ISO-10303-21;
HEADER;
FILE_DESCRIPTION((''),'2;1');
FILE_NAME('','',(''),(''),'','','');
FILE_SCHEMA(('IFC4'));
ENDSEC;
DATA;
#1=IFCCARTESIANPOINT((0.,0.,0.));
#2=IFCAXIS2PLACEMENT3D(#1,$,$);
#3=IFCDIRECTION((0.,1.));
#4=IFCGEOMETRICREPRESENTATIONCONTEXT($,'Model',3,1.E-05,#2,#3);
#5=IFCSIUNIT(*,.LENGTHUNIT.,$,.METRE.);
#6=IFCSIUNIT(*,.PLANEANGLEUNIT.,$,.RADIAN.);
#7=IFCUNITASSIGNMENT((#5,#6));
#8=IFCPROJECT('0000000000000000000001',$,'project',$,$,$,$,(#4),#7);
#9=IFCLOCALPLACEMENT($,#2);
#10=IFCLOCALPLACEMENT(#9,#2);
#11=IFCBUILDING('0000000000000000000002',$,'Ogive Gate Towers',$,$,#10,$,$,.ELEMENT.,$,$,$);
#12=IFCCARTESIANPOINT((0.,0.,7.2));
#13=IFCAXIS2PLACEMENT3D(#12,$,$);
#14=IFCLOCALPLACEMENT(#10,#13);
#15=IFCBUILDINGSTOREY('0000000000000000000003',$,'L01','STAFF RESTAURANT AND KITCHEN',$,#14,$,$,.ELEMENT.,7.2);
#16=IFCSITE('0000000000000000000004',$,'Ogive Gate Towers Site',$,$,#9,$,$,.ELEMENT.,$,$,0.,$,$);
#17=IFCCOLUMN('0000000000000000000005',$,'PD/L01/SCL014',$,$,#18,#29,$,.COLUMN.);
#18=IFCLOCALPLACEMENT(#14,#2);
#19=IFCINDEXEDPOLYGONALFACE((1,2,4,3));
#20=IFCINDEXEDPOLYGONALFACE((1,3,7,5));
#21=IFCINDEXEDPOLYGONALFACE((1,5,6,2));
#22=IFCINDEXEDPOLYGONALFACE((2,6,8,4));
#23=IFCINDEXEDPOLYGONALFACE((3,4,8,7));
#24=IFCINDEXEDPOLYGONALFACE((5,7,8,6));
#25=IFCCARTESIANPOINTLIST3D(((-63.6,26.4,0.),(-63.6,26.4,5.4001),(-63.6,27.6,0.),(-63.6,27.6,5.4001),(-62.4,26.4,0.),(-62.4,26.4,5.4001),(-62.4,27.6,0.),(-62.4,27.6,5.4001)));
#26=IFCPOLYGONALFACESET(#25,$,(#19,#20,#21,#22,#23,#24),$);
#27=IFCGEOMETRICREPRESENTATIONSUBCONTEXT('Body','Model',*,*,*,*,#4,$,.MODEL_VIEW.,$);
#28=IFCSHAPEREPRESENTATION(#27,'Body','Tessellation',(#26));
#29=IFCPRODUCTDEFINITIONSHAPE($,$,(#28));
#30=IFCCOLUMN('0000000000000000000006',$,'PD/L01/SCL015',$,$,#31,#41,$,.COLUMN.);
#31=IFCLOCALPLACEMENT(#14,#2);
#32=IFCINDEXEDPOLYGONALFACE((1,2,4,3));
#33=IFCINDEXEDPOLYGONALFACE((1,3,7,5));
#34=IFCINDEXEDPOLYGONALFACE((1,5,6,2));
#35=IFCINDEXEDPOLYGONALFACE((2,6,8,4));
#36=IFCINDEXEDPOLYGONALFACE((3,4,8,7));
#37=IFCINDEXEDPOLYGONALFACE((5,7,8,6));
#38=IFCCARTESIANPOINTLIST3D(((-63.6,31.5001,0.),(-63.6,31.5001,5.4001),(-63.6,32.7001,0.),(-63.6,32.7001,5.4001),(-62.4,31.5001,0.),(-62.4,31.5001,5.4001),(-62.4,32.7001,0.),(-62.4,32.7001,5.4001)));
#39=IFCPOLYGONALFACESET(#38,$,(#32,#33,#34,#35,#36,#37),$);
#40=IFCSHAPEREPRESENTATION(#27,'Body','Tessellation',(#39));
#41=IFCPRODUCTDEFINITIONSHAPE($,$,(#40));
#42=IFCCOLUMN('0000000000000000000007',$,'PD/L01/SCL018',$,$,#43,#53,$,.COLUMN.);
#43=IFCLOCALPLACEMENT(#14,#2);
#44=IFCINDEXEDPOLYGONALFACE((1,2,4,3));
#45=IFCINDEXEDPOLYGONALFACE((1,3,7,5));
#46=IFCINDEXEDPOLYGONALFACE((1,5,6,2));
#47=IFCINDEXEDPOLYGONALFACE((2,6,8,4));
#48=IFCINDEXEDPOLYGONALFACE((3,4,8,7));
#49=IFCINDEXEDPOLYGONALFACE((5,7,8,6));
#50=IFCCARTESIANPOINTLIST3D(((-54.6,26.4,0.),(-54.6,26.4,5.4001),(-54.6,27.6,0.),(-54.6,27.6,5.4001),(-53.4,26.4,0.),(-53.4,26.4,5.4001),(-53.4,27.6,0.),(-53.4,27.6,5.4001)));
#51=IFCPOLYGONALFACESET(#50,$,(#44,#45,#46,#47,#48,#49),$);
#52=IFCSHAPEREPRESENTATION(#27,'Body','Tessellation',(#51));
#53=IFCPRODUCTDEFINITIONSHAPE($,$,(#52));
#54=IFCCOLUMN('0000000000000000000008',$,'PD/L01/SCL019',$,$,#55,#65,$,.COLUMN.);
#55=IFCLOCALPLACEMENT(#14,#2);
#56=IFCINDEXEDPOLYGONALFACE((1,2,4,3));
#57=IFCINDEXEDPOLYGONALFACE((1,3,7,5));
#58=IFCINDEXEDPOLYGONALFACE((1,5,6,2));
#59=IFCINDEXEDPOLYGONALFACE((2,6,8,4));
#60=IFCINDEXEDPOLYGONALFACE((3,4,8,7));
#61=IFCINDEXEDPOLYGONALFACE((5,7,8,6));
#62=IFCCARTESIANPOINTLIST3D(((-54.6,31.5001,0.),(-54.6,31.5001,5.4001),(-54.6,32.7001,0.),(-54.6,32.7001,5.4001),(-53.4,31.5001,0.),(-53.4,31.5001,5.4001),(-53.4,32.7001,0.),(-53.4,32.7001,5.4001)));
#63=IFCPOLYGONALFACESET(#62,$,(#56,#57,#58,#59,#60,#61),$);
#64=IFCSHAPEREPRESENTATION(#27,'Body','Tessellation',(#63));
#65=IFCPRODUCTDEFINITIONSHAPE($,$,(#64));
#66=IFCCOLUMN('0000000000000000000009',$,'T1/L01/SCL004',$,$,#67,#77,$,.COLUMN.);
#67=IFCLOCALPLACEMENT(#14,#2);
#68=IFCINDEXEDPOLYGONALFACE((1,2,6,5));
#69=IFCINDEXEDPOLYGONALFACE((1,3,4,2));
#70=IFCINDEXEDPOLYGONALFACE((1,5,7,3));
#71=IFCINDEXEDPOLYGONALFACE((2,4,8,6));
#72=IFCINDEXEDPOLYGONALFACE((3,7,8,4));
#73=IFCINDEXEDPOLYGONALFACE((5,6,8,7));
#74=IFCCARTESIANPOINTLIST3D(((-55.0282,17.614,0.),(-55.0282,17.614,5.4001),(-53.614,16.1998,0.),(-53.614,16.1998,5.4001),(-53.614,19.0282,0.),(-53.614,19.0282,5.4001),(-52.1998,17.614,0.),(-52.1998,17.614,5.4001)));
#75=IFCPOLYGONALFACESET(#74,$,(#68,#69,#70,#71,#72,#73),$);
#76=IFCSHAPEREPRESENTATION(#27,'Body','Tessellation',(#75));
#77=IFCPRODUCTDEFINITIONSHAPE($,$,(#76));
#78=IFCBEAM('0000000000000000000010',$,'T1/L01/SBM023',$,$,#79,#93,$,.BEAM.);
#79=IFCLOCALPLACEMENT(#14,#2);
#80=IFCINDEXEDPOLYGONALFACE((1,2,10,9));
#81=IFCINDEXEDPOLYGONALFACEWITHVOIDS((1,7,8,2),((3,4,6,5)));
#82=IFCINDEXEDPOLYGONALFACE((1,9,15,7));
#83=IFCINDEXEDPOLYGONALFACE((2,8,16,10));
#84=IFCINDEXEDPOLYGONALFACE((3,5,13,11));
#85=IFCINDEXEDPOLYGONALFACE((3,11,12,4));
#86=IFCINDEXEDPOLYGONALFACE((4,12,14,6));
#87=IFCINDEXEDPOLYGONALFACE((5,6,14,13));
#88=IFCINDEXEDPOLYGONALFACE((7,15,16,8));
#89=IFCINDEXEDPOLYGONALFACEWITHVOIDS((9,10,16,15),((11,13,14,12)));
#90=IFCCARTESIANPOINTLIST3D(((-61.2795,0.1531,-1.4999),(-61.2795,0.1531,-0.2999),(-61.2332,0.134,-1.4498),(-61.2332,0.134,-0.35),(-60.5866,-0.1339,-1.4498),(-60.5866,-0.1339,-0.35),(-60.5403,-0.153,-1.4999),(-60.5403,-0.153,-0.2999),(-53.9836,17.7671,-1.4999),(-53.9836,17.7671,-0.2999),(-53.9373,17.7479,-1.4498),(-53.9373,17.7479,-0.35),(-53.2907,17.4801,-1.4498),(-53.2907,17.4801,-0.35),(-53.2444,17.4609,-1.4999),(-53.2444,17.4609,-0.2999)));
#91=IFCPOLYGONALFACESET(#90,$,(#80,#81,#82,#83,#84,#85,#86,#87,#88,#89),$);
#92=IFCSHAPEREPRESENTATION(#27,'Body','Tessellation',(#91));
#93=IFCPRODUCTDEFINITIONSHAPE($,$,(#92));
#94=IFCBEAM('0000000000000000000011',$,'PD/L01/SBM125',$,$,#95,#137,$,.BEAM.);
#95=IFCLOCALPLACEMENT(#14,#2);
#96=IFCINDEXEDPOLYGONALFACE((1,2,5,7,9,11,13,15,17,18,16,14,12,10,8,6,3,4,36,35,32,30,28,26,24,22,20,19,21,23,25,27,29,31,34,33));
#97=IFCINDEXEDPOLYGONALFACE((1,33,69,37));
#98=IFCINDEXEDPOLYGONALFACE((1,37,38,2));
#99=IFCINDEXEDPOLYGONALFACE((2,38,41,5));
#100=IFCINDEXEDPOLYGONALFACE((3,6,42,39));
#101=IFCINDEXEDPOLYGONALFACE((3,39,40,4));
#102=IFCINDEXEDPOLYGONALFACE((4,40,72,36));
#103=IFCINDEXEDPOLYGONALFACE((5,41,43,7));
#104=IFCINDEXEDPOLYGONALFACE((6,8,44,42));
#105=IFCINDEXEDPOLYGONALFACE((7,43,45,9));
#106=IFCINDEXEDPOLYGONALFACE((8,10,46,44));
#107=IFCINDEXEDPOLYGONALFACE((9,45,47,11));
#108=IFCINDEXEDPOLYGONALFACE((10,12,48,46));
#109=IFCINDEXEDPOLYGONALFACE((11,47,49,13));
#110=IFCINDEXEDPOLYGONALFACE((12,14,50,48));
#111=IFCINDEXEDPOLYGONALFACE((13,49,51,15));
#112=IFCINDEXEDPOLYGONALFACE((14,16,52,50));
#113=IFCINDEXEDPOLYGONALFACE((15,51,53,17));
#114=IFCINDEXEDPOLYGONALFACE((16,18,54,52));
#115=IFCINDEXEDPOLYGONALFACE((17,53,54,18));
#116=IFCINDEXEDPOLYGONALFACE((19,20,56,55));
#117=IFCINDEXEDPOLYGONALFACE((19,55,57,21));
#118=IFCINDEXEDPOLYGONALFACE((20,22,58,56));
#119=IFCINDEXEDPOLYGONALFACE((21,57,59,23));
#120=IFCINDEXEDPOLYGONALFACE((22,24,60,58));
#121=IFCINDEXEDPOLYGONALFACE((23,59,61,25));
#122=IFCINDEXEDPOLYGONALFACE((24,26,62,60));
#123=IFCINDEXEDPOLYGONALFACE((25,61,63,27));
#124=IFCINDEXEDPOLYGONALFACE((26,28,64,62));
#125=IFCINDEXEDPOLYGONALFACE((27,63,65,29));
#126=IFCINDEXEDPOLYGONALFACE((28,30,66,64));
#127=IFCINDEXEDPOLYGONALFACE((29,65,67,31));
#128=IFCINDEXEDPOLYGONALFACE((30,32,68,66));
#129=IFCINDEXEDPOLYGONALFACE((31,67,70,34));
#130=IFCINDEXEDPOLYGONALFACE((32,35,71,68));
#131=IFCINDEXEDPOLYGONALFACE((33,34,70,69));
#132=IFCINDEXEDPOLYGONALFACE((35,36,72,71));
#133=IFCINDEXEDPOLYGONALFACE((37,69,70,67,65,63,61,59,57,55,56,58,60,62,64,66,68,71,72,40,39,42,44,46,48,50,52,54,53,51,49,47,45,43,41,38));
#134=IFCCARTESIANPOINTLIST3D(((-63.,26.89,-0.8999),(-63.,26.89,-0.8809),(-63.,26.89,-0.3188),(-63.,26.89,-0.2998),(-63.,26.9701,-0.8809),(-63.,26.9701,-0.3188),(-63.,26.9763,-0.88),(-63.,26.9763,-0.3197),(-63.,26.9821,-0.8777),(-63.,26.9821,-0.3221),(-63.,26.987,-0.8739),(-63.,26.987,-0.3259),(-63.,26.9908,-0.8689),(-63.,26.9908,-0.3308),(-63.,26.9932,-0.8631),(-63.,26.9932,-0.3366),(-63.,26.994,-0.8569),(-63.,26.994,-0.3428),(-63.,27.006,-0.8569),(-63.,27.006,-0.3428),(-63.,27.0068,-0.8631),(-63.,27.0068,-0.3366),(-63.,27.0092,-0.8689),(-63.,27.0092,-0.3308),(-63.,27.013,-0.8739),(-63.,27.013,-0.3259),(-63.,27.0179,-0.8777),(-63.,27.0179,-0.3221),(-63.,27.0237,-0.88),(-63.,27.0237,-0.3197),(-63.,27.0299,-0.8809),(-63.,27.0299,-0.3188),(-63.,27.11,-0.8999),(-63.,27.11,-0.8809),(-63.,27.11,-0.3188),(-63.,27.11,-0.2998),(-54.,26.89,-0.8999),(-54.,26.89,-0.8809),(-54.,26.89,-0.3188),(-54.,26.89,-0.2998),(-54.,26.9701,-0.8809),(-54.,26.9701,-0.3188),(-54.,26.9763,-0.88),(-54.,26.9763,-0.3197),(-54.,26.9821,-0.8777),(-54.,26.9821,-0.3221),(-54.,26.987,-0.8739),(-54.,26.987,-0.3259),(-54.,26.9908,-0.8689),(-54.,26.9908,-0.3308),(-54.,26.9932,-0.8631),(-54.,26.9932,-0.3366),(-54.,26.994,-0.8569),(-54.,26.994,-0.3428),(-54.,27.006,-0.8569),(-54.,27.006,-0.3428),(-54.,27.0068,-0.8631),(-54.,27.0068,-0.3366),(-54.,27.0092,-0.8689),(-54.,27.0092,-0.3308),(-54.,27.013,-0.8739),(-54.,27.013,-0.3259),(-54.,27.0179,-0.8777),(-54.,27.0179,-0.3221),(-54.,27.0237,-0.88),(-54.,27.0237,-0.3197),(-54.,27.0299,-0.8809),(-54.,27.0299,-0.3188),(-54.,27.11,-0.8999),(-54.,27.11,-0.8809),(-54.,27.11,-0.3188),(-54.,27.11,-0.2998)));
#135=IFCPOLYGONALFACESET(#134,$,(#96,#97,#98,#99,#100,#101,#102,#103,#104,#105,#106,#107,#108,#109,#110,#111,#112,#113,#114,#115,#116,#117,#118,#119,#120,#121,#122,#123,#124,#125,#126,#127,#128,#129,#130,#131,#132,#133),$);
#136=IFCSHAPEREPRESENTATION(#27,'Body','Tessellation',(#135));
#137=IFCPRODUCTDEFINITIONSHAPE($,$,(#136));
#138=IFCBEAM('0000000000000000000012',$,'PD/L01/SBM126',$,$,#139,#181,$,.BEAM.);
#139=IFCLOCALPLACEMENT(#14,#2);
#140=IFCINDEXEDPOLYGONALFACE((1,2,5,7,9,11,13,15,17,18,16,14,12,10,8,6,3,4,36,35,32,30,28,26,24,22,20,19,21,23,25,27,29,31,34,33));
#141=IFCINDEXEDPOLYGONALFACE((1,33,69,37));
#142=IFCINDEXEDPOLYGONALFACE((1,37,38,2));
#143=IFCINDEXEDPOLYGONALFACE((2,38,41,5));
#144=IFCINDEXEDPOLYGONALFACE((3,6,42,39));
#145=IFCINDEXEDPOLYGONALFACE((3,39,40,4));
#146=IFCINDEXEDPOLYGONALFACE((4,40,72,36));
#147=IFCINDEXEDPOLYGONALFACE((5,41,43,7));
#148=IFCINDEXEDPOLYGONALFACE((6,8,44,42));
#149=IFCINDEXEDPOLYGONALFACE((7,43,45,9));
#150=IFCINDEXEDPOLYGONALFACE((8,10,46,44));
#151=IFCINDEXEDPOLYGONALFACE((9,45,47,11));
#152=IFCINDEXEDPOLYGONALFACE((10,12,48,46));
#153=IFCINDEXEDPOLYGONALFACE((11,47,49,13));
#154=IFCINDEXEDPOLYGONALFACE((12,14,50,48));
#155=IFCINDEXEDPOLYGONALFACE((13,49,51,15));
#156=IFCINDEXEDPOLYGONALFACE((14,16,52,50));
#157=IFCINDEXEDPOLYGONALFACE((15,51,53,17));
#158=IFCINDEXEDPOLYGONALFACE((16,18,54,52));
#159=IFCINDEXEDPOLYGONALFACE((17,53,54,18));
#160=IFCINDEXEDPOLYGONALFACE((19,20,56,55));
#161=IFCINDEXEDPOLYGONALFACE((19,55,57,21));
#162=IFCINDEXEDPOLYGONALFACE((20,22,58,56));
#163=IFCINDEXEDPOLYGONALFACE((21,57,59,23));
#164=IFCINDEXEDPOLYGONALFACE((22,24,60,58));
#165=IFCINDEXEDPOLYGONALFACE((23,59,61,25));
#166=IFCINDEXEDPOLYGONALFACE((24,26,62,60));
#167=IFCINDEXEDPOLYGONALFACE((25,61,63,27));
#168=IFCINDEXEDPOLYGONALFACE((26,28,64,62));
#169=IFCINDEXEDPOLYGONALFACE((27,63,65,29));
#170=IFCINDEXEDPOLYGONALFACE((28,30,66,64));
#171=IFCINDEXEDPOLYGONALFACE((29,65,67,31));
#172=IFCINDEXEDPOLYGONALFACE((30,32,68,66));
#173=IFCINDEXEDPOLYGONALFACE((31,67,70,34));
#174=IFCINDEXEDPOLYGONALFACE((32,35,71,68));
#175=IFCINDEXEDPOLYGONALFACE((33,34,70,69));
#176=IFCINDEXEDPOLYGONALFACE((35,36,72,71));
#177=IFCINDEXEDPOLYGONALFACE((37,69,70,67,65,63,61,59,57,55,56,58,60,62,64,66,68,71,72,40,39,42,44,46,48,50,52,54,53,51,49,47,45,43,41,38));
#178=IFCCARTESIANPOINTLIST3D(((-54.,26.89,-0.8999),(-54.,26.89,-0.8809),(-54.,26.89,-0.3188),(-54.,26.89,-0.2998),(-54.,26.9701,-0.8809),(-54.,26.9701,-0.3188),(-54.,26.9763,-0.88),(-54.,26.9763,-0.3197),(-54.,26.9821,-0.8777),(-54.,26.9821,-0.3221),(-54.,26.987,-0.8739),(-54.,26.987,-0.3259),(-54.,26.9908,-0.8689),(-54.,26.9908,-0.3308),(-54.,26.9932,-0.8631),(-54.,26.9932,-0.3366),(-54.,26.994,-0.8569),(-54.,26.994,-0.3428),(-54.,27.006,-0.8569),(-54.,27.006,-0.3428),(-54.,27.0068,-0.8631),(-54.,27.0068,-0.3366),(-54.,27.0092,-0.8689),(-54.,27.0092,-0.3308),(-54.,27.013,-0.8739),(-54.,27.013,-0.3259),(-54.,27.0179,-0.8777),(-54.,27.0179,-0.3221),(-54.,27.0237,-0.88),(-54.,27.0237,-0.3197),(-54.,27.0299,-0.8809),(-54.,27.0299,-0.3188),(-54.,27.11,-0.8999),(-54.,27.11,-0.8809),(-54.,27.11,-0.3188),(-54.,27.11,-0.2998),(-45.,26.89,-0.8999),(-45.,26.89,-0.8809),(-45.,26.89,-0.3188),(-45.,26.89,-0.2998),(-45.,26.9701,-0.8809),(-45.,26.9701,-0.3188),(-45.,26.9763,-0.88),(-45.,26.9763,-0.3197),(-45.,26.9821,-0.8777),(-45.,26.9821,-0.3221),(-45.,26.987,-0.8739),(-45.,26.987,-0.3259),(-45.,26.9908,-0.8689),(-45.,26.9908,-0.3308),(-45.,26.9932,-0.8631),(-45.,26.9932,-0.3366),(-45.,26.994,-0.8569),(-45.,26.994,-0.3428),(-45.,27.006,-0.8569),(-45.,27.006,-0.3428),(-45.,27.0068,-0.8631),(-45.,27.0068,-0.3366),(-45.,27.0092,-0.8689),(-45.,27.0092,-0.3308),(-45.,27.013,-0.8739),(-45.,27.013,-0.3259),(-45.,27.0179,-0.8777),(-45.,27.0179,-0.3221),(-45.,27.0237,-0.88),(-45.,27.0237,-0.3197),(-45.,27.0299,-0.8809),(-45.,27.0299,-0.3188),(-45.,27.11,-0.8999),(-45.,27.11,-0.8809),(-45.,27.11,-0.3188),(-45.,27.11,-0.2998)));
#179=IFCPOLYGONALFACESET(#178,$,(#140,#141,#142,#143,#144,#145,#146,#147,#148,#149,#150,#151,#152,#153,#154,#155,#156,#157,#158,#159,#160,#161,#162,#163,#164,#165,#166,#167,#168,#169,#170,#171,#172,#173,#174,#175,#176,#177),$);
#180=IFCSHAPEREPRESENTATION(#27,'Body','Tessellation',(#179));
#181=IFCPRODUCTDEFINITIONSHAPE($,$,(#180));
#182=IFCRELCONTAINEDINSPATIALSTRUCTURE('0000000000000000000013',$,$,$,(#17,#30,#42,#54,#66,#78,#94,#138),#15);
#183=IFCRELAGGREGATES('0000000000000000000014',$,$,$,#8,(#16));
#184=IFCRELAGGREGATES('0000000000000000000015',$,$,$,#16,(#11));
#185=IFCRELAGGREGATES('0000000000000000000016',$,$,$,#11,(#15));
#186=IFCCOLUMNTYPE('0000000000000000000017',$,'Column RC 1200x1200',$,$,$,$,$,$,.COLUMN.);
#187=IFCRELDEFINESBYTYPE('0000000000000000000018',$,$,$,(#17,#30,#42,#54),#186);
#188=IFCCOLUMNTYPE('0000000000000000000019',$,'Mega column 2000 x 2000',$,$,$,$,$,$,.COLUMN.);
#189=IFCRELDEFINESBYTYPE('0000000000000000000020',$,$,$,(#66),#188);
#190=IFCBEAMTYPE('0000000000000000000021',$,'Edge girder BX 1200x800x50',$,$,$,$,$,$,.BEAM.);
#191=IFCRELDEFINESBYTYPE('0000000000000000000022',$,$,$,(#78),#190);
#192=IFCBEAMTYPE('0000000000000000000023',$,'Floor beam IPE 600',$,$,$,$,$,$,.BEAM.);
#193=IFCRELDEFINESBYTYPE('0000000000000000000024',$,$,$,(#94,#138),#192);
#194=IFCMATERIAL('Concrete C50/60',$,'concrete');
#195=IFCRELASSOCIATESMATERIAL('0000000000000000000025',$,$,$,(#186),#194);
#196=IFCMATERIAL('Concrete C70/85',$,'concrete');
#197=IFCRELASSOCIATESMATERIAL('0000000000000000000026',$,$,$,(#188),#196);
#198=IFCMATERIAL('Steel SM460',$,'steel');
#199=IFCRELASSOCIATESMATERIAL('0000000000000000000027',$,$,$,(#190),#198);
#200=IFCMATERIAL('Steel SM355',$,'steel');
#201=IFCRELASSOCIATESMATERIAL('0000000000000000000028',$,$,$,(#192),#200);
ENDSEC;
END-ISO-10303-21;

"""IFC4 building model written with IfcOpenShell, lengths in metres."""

from ifc_helpers import new_model, si_unit, direction, frame, origin, origin_2d, place, context, subcontext, project, spatial, rectangle, hollow_rectangle, i_section, extrude, material, material_profile, profile_set, type_object, element, save


model = new_model("IFC4")

# Units and contexts
model_context = context("Model", 3, precision=1e-05, world=origin(), true_north=direction((0.0, 1.0)))
body_context = subcontext(model_context, "Body", "Model", "MODEL_VIEW")
ifc_project = project(units=[si_unit("LENGTHUNIT", "METRE"), si_unit("PLANEANGLEUNIT", "RADIAN")], contexts=[model_context])

# Site, building, storey
site_placement = place(None, origin())
site = spatial("IfcSite", under=ifc_project, at=site_placement, Name="Ogive Gate Towers Site", CompositionType="ELEMENT", RefElevation=0.0)
building_placement = place(site_placement, origin())
building = spatial("IfcBuilding", under=site, at=building_placement, Name="Ogive Gate Towers", CompositionType="ELEMENT")
storey_placement = place(building_placement, frame((0.0, 0.0, 7.2)))
storey = spatial("IfcBuildingStorey", under=building, at=storey_placement, Name="L01", Description="STAFF RESTAURANT AND KITCHEN", CompositionType="ELEMENT", Elevation=7.2)

# Columns
ifc_material_1 = material(Name="Concrete C50/60", Category="concrete")
ifc_material_profile_1 = material_profile(ifc_material_1, rectangle(XDim=1.2, YDim=1.2, at=origin_2d()), Name="RC 1200x1200")
ifc_profile_set_1 = profile_set([ifc_material_profile_1], Name="Concrete C50/60")
column_type_1 = type_object("IfcColumnType", Name="Column RC 1200x1200", PredefinedType="COLUMN", material=ifc_profile_set_1)
for number, where, z_axis, x_axis, name in (
    (1, (-63.0, 27.0, 0.0), (0.0, 0.0, 1.0), (1.0, 0.0, 0.0), "PD/L01/SCL014"),
    (2, (-63.0, 32.1001, 0.0), (0.0, 0.0, 1.0), (1.0, 0.0, 0.0), "PD/L01/SCL015"),
    (3, (-54.0, 27.0, 0.0), (0.0, 0.0, 1.0), (1.0, 0.0, 0.0), "PD/L01/SCL018"),
    (4, (-54.0, 32.1001, 0.0), (0.0, 0.0, 1.0), (1.0, 0.0, 0.0), "PD/L01/SCL019"),
):
    element("IfcColumn", number, at=place(storey_placement, frame(where, z_axis=z_axis, x_axis=x_axis)), inside=storey, type_object=column_type_1, Name=name, PredefinedType="COLUMN", context=body_context, shape_type="SweptSolid", body=[
        extrude(rectangle(XDim=1.2, YDim=1.2, at=origin_2d()), origin(), (0.0, 0.0, 1.0), 5.4001),
    ])
ifc_material_2 = material(Name="Concrete C70/85", Category="concrete")
ifc_material_profile_2 = material_profile(ifc_material_2, rectangle(XDim=2.0, YDim=2.0, at=origin_2d()), Name="RC 2000x2000")
ifc_profile_set_2 = profile_set([ifc_material_profile_2], Name="Concrete C70/85")
column_type_2 = type_object("IfcColumnType", Name="Mega column 2000 x 2000", PredefinedType="COLUMN", material=ifc_profile_set_2)
column_placement = place(storey_placement, frame((-53.614, 17.614, 0.0), z_axis=(0.0, 0.0, 1.0), x_axis=(-0.707107, 0.707107, 0.0)))
element("IfcColumn", 5, at=column_placement, inside=storey, type_object=column_type_2, Name="T1/L01/SCL004", PredefinedType="COLUMN", context=body_context, shape_type="SweptSolid", body=[
    extrude(rectangle(XDim=2.0, YDim=2.0, at=origin_2d()), origin(), (0.0, 0.0, 1.0), 5.4001),
])

# Beams
ifc_material_3 = material(Name="Steel SM460", Category="steel")
ifc_material_profile_3 = material_profile(ifc_material_3, hollow_rectangle(XDim=0.8, YDim=1.2, WallThickness=0.05, at=origin_2d()), Name="BX 1200x800x50")
ifc_profile_set_3 = profile_set([ifc_material_profile_3], Name="Steel SM460")
beam_type_1 = type_object("IfcBeamType", Name="Edge girder BX 1200x800x50", PredefinedType="BEAM", material=ifc_profile_set_3)
beam_placement = place(storey_placement, frame((-53.614, 17.614, -0.8999), z_axis=(-0.382681, -0.923881, 0.0), x_axis=(0.923881, -0.382681, 0.0)))
element("IfcBeam", 6, at=beam_placement, inside=storey, type_object=beam_type_1, Name="T1/L01/SBM023", PredefinedType="BEAM", context=body_context, shape_type="SweptSolid", body=[
    extrude(hollow_rectangle(XDim=0.8, YDim=1.2, WallThickness=0.05, at=origin_2d()), origin(), (0.0, 0.0, 1.0), 19.0652),
])
ifc_material_4 = material(Name="Steel SM355", Category="steel")
ifc_material_profile_4 = material_profile(ifc_material_4, i_section(OverallWidth=0.22, OverallDepth=0.6001, WebThickness=0.012, FlangeThickness=0.019, FilletRadius=0.0239, at=origin_2d()), Name="IPE 600")
ifc_profile_set_4 = profile_set([ifc_material_profile_4], Name="Steel SM355")
beam_type_2 = type_object("IfcBeamType", Name="Floor beam IPE 600", PredefinedType="BEAM", material=ifc_profile_set_4)
for number, where, z_axis, x_axis, name in (
    (7, (-63.0, 27.0, -0.5999), (1.0, 0.0, 0.0), (0.0, 1.0, 0.0), "PD/L01/SBM125"),
    (8, (-54.0, 27.0, -0.5999), (1.0, 0.0, 0.0), (0.0, 1.0, 0.0), "PD/L01/SBM126"),
):
    element("IfcBeam", number, at=place(storey_placement, frame(where, z_axis=z_axis, x_axis=x_axis)), inside=storey, type_object=beam_type_2, Name=name, PredefinedType="BEAM", context=body_context, shape_type="SweptSolid", body=[
        extrude(i_section(OverallWidth=0.22, OverallDepth=0.6001, WebThickness=0.012, FlangeThickness=0.019, FilletRadius=0.0239, at=origin_2d()), origin(), (0.0, 0.0, 1.0), 9.0),
    ])

save(model, "model.ifc")
